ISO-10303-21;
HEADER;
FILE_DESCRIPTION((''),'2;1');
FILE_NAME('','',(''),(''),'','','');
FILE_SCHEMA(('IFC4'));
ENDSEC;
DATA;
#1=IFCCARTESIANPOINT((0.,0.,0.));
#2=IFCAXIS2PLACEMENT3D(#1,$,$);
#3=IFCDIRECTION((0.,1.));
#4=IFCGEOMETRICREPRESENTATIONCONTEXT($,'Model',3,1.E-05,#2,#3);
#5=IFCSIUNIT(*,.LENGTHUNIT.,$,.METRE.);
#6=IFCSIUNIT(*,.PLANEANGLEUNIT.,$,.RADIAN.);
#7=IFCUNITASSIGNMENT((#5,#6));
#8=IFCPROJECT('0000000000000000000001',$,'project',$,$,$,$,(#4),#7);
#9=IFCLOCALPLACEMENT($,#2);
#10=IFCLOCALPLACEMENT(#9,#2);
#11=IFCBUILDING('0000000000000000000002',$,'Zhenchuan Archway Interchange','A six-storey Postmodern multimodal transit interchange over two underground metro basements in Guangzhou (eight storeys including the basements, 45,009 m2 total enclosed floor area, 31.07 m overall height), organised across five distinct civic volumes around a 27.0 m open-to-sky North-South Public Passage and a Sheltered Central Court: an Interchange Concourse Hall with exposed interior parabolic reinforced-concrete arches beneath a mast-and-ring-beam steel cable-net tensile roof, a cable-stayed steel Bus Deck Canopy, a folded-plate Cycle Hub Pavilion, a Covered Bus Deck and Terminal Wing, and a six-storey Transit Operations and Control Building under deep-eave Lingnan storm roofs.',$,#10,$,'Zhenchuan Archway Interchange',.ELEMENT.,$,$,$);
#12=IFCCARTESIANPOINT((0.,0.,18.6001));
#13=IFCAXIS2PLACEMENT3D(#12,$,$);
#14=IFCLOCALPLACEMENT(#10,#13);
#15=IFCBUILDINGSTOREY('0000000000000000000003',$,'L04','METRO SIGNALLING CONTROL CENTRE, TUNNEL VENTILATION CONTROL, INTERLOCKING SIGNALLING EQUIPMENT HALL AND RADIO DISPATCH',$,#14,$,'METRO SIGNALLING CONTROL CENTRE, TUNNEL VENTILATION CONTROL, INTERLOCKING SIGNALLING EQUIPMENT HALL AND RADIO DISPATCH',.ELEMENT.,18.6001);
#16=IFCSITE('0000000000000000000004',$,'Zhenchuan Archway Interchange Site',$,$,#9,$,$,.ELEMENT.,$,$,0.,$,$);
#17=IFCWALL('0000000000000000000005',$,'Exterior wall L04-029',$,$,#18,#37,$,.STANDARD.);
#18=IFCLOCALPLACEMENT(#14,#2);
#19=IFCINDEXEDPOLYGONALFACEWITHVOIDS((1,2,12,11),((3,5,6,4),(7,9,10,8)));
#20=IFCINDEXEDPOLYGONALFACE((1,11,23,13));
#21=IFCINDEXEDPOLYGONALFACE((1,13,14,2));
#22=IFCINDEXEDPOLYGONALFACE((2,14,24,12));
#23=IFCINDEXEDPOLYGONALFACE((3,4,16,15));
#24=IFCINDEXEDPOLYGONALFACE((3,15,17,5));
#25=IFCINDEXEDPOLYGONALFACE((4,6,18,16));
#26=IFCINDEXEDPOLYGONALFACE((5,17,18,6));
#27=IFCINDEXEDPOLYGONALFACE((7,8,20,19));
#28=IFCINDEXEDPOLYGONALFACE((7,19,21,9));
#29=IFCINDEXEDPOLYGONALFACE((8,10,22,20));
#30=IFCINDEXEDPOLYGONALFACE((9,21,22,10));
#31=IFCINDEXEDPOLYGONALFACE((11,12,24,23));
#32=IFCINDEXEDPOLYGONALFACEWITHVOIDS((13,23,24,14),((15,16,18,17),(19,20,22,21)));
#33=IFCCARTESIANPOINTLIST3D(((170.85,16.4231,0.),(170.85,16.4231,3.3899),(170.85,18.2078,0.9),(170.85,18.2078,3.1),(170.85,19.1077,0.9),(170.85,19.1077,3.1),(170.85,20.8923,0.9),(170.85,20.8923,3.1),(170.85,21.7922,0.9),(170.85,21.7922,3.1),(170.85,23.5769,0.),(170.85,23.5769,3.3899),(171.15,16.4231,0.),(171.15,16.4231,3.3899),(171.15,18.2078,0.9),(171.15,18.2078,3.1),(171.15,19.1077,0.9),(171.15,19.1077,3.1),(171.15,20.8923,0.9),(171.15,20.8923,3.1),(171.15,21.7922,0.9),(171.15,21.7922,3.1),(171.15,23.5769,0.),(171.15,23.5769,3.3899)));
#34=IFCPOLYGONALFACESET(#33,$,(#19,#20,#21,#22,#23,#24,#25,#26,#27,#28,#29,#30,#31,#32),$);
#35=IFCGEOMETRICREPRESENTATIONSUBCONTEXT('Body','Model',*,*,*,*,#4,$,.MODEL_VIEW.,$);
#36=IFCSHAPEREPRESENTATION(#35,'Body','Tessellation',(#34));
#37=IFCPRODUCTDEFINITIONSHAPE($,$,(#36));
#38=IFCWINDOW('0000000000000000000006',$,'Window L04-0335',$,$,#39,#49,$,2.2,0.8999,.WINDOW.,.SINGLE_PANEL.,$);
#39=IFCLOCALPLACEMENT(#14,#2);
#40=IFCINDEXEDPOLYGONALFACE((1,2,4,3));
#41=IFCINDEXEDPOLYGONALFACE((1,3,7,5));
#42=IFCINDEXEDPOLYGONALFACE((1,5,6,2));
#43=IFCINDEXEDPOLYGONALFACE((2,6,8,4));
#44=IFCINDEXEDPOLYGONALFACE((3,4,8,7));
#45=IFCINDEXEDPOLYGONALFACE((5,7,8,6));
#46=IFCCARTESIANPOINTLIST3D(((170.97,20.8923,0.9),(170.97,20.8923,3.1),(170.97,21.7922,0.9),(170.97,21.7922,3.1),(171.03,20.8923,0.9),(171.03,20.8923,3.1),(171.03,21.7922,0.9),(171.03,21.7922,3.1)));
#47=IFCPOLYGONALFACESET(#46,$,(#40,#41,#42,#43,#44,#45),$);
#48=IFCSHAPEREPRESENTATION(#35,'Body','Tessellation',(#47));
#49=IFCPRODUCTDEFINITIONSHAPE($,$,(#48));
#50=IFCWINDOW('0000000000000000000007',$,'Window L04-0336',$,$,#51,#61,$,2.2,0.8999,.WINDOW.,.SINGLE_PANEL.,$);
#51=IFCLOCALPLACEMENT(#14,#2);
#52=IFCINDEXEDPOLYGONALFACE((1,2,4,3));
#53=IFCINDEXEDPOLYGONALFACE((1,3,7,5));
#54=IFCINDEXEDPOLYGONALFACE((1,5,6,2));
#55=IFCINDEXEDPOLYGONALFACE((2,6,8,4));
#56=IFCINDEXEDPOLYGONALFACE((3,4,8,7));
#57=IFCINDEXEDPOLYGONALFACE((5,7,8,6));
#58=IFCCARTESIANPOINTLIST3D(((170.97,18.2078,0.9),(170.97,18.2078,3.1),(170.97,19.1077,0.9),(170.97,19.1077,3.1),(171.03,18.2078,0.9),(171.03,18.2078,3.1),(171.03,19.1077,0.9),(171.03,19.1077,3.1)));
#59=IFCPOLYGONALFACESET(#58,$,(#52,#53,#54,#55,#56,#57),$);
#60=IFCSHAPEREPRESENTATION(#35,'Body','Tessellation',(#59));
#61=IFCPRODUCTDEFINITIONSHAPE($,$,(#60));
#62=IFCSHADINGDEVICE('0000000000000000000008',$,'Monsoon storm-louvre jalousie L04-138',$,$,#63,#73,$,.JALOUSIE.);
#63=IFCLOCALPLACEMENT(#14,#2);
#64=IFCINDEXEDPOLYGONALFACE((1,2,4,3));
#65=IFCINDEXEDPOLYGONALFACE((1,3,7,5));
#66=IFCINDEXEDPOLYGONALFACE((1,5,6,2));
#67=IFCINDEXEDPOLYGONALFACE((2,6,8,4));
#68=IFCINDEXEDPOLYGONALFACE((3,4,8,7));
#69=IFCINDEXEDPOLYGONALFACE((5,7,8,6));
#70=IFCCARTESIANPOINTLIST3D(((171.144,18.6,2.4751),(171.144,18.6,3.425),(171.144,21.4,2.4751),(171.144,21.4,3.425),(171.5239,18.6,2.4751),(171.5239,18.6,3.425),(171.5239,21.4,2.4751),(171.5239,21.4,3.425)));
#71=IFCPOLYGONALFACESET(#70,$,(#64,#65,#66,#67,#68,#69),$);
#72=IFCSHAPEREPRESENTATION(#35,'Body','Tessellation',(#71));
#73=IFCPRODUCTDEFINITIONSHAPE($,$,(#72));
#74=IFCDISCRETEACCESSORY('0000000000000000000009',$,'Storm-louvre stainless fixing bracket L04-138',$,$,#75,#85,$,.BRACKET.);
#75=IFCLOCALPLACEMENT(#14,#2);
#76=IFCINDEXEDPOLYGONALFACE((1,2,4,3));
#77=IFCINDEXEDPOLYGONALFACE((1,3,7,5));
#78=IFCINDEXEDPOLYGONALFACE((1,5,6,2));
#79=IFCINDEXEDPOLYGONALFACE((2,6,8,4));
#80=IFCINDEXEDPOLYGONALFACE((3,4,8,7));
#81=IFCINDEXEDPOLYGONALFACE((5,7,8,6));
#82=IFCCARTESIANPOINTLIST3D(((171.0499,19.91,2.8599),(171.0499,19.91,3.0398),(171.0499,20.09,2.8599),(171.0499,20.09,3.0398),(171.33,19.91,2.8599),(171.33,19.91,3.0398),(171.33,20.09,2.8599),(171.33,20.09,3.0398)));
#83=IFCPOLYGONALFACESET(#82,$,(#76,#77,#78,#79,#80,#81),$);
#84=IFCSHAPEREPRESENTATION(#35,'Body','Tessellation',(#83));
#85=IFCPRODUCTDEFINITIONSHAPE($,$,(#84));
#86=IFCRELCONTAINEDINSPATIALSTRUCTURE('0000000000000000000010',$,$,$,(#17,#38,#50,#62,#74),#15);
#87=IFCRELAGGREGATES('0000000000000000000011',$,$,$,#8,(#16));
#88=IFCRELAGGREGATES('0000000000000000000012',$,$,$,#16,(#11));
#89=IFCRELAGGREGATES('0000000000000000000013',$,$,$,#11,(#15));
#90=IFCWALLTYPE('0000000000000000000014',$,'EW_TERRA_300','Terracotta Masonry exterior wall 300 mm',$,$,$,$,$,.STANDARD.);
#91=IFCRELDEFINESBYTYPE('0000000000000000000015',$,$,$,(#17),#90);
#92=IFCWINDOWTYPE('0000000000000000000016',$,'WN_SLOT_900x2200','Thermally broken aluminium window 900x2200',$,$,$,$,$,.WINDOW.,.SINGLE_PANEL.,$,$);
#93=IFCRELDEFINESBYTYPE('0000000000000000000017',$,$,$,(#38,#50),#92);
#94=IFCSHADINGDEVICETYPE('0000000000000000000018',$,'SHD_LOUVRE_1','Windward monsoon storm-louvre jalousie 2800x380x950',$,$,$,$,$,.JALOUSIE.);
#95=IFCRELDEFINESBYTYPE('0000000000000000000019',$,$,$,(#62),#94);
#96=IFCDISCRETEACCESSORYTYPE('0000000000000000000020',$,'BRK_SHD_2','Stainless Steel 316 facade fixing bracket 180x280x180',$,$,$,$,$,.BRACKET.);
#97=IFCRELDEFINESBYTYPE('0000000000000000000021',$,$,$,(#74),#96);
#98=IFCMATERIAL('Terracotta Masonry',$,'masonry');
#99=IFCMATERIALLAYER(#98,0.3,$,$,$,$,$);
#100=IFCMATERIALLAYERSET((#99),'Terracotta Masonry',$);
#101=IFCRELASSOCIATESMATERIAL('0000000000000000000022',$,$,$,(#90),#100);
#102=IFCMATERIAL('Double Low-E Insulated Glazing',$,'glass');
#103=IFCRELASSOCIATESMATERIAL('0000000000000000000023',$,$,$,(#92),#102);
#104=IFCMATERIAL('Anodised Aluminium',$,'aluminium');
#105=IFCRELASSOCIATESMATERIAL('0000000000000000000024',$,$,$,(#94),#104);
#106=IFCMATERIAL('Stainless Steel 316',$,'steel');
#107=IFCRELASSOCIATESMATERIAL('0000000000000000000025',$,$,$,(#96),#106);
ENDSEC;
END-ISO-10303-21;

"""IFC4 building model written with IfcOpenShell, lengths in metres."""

from ifc_helpers import new_model, si_unit, direction, frame, frame_2d, origin, origin_2d, place, context, subcontext, project, spatial, rectangle, extrude, material, layer, layer_set, type_object, element, fill, save


model = new_model("IFC4")

# Units and contexts
model_context = context("Model", 3, precision=1e-05, world=origin(), true_north=direction((0.0, 1.0)))
body_context = subcontext(model_context, "Body", "Model", "MODEL_VIEW")
ifc_project = project(units=[si_unit("LENGTHUNIT", "METRE"), si_unit("PLANEANGLEUNIT", "RADIAN")], contexts=[model_context])

# Site, building, storey
site_placement = place(None, origin())
site = spatial("IfcSite", under=ifc_project, at=site_placement, Name="Zhenchuan Archway Interchange Site", CompositionType="ELEMENT", RefElevation=0.0)
building_placement = place(site_placement, origin())
building = spatial("IfcBuilding", under=site, at=building_placement, Name="Zhenchuan Archway Interchange", Description="A six-storey Postmodern multimodal transit interchange over two underground metro basements in Guangzhou (eight storeys including the basements, 45,009 m2 total enclosed floor area, 31.07 m overall height), organised across five distinct civic volumes around a 27.0 m open-to-sky North-South Public Passage and a Sheltered Central Court: an Interchange Concourse Hall with exposed interior parabolic reinforced-concrete arches beneath a mast-and-ring-beam steel cable-net tensile roof, a cable-stayed steel Bus Deck Canopy, a folded-plate Cycle Hub Pavilion, a Covered Bus Deck and Terminal Wing, and a six-storey Transit Operations and Control Building under deep-eave Lingnan storm roofs.", LongName="Zhenchuan Archway Interchange", CompositionType="ELEMENT")
storey_placement = place(building_placement, frame((0.0, 0.0, 18.6001)))
storey = spatial("IfcBuildingStorey", under=building, at=storey_placement, Name="L04", Description="METRO SIGNALLING CONTROL CENTRE, TUNNEL VENTILATION CONTROL, INTERLOCKING SIGNALLING EQUIPMENT HALL AND RADIO DISPATCH", LongName="METRO SIGNALLING CONTROL CENTRE, TUNNEL VENTILATION CONTROL, INTERLOCKING SIGNALLING EQUIPMENT HALL AND RADIO DISPATCH", CompositionType="ELEMENT", Elevation=18.6001)

# Shared definitions
ifc_material_1 = material(Name="Anodised Aluminium", Category="aluminium")

# Shared definitions
ifc_material_2 = material(Name="Double Low-E Insulated Glazing", Category="glass")

# Wall, openings, windows
ifc_material_3 = material(Name="Terracotta Masonry", Category="masonry")
ifc_layer_1 = layer(ifc_material_3, 0.3)
ifc_layer_set_1 = layer_set([ifc_layer_1], Name="Terracotta Masonry")
wall_type = type_object("IfcWallType", Name="EW_TERRA_300", Description="Terracotta Masonry exterior wall 300 mm", PredefinedType="STANDARD", material=ifc_layer_set_1)
wall_placement = place(storey_placement, frame((171.0, 23.5769, 0.0), z_axis=(0.0, 0.0, 1.0), x_axis=(0.0, -1.0, 0.0)))
wall = element("IfcWall", 1, at=wall_placement, inside=storey, type_object=wall_type, Name="Exterior wall L04-029", PredefinedType="STANDARD", context=body_context, shape_type="SweptSolid", body=[
    extrude(rectangle(XDim=7.1538, YDim=0.3, at=frame_2d((3.5769, 0.0))), origin(), (0.0, 0.0, 1.0), 3.3899),
])
opening_1_placement = place(wall_placement, frame((1.7847, 0.0, 0.8999)))
opening_1 = element("IfcOpeningElement", 2, at=opening_1_placement, cuts=wall, PredefinedType="OPENING", context=body_context, shape_type="SweptSolid", body=[
    extrude(rectangle(XDim=0.8999, YDim=2.2, at=frame_2d((0.45, 1.1001))), frame((0.0, 0.1621, 0.0), z_axis=(0.0, -1.0, 0.0), x_axis=(1.0, 0.0, 0.0)), (0.0, 0.0, 1.0), 0.324),
])
opening_2_placement = place(wall_placement, frame((4.4692, 0.0, 0.8999)))
opening_2 = element("IfcOpeningElement", 3, at=opening_2_placement, cuts=wall, PredefinedType="OPENING", context=body_context, shape_type="SweptSolid", body=[
    extrude(rectangle(XDim=0.8999, YDim=2.2, at=frame_2d((0.45, 1.1001))), frame((0.0, 0.1621, 0.0), z_axis=(0.0, -1.0, 0.0), x_axis=(1.0, 0.0, 0.0)), (0.0, 0.0, 1.0), 0.324),
])
window_type = type_object("IfcWindowType", Name="WN_SLOT_900x2200", Description="Thermally broken aluminium window 900x2200", PartitioningType="SINGLE_PANEL", PredefinedType="WINDOW", material=ifc_material_2)
window_1_placement = place(opening_1_placement, origin())
window_1 = element("IfcWindow", 4, at=window_1_placement, inside=storey, type_object=window_type, Name="Window L04-0335", OverallHeight=2.2, OverallWidth=0.8999, PartitioningType="SINGLE_PANEL", PredefinedType="WINDOW", context=body_context, shape_type="SweptSolid", body=[
    extrude(rectangle(XDim=0.8999, YDim=2.2, at=frame_2d((0.45, 1.1001))), frame((0.0, 0.03, 0.0), z_axis=(0.0, -1.0, 0.0), x_axis=(1.0, 0.0, 0.0)), (0.0, 0.0, 1.0), 0.0601),
])
fill(opening_1, window_1)
window_2_placement = place(opening_2_placement, origin())
window_2 = element("IfcWindow", 5, at=window_2_placement, inside=storey, type_object=window_type, Name="Window L04-0336", OverallHeight=2.2, OverallWidth=0.8999, PartitioningType="SINGLE_PANEL", PredefinedType="WINDOW", context=body_context, shape_type="SweptSolid", body=[
    extrude(rectangle(XDim=0.8999, YDim=2.2, at=frame_2d((0.45, 1.1001))), frame((0.0, 0.03, 0.0), z_axis=(0.0, -1.0, 0.0), x_axis=(1.0, 0.0, 0.0)), (0.0, 0.0, 1.0), 0.0601),
])
fill(opening_2, window_2)

# Shading device
shading_device_type = type_object("IfcShadingDeviceType", Name="SHD_LOUVRE_1", Description="Windward monsoon storm-louvre jalousie 2800x380x950", PredefinedType="JALOUSIE", material=ifc_material_1)
shading_device_placement = place(storey_placement, frame((171.334, 20.0, 2.4751), z_axis=(0.0, 0.0, 1.0), x_axis=(0.0, -1.0, 0.0)))
element("IfcShadingDevice", 6, at=shading_device_placement, inside=storey, type_object=shading_device_type, Name="Monsoon storm-louvre jalousie L04-138", PredefinedType="JALOUSIE", context=body_context, shape_type="SweptSolid", body=[
    extrude(rectangle(XDim=2.8, YDim=0.3799, at=origin_2d()), origin(), (0.0, 0.0, 1.0), 0.95),
])

# Discrete accessory
ifc_material_4 = material(Name="Stainless Steel 316", Category="steel")
discrete_accessory_type = type_object("IfcDiscreteAccessoryType", Name="BRK_SHD_2", Description="Stainless Steel 316 facade fixing bracket 180x280x180", PredefinedType="BRACKET", material=ifc_material_4)
discrete_accessory_placement = place(storey_placement, frame((171.1899, 20.0, 2.8599), z_axis=(0.0, 0.0, 1.0), x_axis=(0.0, -1.0, 0.0)))
element("IfcDiscreteAccessory", 7, at=discrete_accessory_placement, inside=storey, type_object=discrete_accessory_type, Name="Storm-louvre stainless fixing bracket L04-138", PredefinedType="BRACKET", context=body_context, shape_type="SweptSolid", body=[
    extrude(rectangle(XDim=0.1799, YDim=0.28, at=origin_2d()), origin(), (0.0, 0.0, 1.0), 0.1799),
])

save(model, "model.ifc")
